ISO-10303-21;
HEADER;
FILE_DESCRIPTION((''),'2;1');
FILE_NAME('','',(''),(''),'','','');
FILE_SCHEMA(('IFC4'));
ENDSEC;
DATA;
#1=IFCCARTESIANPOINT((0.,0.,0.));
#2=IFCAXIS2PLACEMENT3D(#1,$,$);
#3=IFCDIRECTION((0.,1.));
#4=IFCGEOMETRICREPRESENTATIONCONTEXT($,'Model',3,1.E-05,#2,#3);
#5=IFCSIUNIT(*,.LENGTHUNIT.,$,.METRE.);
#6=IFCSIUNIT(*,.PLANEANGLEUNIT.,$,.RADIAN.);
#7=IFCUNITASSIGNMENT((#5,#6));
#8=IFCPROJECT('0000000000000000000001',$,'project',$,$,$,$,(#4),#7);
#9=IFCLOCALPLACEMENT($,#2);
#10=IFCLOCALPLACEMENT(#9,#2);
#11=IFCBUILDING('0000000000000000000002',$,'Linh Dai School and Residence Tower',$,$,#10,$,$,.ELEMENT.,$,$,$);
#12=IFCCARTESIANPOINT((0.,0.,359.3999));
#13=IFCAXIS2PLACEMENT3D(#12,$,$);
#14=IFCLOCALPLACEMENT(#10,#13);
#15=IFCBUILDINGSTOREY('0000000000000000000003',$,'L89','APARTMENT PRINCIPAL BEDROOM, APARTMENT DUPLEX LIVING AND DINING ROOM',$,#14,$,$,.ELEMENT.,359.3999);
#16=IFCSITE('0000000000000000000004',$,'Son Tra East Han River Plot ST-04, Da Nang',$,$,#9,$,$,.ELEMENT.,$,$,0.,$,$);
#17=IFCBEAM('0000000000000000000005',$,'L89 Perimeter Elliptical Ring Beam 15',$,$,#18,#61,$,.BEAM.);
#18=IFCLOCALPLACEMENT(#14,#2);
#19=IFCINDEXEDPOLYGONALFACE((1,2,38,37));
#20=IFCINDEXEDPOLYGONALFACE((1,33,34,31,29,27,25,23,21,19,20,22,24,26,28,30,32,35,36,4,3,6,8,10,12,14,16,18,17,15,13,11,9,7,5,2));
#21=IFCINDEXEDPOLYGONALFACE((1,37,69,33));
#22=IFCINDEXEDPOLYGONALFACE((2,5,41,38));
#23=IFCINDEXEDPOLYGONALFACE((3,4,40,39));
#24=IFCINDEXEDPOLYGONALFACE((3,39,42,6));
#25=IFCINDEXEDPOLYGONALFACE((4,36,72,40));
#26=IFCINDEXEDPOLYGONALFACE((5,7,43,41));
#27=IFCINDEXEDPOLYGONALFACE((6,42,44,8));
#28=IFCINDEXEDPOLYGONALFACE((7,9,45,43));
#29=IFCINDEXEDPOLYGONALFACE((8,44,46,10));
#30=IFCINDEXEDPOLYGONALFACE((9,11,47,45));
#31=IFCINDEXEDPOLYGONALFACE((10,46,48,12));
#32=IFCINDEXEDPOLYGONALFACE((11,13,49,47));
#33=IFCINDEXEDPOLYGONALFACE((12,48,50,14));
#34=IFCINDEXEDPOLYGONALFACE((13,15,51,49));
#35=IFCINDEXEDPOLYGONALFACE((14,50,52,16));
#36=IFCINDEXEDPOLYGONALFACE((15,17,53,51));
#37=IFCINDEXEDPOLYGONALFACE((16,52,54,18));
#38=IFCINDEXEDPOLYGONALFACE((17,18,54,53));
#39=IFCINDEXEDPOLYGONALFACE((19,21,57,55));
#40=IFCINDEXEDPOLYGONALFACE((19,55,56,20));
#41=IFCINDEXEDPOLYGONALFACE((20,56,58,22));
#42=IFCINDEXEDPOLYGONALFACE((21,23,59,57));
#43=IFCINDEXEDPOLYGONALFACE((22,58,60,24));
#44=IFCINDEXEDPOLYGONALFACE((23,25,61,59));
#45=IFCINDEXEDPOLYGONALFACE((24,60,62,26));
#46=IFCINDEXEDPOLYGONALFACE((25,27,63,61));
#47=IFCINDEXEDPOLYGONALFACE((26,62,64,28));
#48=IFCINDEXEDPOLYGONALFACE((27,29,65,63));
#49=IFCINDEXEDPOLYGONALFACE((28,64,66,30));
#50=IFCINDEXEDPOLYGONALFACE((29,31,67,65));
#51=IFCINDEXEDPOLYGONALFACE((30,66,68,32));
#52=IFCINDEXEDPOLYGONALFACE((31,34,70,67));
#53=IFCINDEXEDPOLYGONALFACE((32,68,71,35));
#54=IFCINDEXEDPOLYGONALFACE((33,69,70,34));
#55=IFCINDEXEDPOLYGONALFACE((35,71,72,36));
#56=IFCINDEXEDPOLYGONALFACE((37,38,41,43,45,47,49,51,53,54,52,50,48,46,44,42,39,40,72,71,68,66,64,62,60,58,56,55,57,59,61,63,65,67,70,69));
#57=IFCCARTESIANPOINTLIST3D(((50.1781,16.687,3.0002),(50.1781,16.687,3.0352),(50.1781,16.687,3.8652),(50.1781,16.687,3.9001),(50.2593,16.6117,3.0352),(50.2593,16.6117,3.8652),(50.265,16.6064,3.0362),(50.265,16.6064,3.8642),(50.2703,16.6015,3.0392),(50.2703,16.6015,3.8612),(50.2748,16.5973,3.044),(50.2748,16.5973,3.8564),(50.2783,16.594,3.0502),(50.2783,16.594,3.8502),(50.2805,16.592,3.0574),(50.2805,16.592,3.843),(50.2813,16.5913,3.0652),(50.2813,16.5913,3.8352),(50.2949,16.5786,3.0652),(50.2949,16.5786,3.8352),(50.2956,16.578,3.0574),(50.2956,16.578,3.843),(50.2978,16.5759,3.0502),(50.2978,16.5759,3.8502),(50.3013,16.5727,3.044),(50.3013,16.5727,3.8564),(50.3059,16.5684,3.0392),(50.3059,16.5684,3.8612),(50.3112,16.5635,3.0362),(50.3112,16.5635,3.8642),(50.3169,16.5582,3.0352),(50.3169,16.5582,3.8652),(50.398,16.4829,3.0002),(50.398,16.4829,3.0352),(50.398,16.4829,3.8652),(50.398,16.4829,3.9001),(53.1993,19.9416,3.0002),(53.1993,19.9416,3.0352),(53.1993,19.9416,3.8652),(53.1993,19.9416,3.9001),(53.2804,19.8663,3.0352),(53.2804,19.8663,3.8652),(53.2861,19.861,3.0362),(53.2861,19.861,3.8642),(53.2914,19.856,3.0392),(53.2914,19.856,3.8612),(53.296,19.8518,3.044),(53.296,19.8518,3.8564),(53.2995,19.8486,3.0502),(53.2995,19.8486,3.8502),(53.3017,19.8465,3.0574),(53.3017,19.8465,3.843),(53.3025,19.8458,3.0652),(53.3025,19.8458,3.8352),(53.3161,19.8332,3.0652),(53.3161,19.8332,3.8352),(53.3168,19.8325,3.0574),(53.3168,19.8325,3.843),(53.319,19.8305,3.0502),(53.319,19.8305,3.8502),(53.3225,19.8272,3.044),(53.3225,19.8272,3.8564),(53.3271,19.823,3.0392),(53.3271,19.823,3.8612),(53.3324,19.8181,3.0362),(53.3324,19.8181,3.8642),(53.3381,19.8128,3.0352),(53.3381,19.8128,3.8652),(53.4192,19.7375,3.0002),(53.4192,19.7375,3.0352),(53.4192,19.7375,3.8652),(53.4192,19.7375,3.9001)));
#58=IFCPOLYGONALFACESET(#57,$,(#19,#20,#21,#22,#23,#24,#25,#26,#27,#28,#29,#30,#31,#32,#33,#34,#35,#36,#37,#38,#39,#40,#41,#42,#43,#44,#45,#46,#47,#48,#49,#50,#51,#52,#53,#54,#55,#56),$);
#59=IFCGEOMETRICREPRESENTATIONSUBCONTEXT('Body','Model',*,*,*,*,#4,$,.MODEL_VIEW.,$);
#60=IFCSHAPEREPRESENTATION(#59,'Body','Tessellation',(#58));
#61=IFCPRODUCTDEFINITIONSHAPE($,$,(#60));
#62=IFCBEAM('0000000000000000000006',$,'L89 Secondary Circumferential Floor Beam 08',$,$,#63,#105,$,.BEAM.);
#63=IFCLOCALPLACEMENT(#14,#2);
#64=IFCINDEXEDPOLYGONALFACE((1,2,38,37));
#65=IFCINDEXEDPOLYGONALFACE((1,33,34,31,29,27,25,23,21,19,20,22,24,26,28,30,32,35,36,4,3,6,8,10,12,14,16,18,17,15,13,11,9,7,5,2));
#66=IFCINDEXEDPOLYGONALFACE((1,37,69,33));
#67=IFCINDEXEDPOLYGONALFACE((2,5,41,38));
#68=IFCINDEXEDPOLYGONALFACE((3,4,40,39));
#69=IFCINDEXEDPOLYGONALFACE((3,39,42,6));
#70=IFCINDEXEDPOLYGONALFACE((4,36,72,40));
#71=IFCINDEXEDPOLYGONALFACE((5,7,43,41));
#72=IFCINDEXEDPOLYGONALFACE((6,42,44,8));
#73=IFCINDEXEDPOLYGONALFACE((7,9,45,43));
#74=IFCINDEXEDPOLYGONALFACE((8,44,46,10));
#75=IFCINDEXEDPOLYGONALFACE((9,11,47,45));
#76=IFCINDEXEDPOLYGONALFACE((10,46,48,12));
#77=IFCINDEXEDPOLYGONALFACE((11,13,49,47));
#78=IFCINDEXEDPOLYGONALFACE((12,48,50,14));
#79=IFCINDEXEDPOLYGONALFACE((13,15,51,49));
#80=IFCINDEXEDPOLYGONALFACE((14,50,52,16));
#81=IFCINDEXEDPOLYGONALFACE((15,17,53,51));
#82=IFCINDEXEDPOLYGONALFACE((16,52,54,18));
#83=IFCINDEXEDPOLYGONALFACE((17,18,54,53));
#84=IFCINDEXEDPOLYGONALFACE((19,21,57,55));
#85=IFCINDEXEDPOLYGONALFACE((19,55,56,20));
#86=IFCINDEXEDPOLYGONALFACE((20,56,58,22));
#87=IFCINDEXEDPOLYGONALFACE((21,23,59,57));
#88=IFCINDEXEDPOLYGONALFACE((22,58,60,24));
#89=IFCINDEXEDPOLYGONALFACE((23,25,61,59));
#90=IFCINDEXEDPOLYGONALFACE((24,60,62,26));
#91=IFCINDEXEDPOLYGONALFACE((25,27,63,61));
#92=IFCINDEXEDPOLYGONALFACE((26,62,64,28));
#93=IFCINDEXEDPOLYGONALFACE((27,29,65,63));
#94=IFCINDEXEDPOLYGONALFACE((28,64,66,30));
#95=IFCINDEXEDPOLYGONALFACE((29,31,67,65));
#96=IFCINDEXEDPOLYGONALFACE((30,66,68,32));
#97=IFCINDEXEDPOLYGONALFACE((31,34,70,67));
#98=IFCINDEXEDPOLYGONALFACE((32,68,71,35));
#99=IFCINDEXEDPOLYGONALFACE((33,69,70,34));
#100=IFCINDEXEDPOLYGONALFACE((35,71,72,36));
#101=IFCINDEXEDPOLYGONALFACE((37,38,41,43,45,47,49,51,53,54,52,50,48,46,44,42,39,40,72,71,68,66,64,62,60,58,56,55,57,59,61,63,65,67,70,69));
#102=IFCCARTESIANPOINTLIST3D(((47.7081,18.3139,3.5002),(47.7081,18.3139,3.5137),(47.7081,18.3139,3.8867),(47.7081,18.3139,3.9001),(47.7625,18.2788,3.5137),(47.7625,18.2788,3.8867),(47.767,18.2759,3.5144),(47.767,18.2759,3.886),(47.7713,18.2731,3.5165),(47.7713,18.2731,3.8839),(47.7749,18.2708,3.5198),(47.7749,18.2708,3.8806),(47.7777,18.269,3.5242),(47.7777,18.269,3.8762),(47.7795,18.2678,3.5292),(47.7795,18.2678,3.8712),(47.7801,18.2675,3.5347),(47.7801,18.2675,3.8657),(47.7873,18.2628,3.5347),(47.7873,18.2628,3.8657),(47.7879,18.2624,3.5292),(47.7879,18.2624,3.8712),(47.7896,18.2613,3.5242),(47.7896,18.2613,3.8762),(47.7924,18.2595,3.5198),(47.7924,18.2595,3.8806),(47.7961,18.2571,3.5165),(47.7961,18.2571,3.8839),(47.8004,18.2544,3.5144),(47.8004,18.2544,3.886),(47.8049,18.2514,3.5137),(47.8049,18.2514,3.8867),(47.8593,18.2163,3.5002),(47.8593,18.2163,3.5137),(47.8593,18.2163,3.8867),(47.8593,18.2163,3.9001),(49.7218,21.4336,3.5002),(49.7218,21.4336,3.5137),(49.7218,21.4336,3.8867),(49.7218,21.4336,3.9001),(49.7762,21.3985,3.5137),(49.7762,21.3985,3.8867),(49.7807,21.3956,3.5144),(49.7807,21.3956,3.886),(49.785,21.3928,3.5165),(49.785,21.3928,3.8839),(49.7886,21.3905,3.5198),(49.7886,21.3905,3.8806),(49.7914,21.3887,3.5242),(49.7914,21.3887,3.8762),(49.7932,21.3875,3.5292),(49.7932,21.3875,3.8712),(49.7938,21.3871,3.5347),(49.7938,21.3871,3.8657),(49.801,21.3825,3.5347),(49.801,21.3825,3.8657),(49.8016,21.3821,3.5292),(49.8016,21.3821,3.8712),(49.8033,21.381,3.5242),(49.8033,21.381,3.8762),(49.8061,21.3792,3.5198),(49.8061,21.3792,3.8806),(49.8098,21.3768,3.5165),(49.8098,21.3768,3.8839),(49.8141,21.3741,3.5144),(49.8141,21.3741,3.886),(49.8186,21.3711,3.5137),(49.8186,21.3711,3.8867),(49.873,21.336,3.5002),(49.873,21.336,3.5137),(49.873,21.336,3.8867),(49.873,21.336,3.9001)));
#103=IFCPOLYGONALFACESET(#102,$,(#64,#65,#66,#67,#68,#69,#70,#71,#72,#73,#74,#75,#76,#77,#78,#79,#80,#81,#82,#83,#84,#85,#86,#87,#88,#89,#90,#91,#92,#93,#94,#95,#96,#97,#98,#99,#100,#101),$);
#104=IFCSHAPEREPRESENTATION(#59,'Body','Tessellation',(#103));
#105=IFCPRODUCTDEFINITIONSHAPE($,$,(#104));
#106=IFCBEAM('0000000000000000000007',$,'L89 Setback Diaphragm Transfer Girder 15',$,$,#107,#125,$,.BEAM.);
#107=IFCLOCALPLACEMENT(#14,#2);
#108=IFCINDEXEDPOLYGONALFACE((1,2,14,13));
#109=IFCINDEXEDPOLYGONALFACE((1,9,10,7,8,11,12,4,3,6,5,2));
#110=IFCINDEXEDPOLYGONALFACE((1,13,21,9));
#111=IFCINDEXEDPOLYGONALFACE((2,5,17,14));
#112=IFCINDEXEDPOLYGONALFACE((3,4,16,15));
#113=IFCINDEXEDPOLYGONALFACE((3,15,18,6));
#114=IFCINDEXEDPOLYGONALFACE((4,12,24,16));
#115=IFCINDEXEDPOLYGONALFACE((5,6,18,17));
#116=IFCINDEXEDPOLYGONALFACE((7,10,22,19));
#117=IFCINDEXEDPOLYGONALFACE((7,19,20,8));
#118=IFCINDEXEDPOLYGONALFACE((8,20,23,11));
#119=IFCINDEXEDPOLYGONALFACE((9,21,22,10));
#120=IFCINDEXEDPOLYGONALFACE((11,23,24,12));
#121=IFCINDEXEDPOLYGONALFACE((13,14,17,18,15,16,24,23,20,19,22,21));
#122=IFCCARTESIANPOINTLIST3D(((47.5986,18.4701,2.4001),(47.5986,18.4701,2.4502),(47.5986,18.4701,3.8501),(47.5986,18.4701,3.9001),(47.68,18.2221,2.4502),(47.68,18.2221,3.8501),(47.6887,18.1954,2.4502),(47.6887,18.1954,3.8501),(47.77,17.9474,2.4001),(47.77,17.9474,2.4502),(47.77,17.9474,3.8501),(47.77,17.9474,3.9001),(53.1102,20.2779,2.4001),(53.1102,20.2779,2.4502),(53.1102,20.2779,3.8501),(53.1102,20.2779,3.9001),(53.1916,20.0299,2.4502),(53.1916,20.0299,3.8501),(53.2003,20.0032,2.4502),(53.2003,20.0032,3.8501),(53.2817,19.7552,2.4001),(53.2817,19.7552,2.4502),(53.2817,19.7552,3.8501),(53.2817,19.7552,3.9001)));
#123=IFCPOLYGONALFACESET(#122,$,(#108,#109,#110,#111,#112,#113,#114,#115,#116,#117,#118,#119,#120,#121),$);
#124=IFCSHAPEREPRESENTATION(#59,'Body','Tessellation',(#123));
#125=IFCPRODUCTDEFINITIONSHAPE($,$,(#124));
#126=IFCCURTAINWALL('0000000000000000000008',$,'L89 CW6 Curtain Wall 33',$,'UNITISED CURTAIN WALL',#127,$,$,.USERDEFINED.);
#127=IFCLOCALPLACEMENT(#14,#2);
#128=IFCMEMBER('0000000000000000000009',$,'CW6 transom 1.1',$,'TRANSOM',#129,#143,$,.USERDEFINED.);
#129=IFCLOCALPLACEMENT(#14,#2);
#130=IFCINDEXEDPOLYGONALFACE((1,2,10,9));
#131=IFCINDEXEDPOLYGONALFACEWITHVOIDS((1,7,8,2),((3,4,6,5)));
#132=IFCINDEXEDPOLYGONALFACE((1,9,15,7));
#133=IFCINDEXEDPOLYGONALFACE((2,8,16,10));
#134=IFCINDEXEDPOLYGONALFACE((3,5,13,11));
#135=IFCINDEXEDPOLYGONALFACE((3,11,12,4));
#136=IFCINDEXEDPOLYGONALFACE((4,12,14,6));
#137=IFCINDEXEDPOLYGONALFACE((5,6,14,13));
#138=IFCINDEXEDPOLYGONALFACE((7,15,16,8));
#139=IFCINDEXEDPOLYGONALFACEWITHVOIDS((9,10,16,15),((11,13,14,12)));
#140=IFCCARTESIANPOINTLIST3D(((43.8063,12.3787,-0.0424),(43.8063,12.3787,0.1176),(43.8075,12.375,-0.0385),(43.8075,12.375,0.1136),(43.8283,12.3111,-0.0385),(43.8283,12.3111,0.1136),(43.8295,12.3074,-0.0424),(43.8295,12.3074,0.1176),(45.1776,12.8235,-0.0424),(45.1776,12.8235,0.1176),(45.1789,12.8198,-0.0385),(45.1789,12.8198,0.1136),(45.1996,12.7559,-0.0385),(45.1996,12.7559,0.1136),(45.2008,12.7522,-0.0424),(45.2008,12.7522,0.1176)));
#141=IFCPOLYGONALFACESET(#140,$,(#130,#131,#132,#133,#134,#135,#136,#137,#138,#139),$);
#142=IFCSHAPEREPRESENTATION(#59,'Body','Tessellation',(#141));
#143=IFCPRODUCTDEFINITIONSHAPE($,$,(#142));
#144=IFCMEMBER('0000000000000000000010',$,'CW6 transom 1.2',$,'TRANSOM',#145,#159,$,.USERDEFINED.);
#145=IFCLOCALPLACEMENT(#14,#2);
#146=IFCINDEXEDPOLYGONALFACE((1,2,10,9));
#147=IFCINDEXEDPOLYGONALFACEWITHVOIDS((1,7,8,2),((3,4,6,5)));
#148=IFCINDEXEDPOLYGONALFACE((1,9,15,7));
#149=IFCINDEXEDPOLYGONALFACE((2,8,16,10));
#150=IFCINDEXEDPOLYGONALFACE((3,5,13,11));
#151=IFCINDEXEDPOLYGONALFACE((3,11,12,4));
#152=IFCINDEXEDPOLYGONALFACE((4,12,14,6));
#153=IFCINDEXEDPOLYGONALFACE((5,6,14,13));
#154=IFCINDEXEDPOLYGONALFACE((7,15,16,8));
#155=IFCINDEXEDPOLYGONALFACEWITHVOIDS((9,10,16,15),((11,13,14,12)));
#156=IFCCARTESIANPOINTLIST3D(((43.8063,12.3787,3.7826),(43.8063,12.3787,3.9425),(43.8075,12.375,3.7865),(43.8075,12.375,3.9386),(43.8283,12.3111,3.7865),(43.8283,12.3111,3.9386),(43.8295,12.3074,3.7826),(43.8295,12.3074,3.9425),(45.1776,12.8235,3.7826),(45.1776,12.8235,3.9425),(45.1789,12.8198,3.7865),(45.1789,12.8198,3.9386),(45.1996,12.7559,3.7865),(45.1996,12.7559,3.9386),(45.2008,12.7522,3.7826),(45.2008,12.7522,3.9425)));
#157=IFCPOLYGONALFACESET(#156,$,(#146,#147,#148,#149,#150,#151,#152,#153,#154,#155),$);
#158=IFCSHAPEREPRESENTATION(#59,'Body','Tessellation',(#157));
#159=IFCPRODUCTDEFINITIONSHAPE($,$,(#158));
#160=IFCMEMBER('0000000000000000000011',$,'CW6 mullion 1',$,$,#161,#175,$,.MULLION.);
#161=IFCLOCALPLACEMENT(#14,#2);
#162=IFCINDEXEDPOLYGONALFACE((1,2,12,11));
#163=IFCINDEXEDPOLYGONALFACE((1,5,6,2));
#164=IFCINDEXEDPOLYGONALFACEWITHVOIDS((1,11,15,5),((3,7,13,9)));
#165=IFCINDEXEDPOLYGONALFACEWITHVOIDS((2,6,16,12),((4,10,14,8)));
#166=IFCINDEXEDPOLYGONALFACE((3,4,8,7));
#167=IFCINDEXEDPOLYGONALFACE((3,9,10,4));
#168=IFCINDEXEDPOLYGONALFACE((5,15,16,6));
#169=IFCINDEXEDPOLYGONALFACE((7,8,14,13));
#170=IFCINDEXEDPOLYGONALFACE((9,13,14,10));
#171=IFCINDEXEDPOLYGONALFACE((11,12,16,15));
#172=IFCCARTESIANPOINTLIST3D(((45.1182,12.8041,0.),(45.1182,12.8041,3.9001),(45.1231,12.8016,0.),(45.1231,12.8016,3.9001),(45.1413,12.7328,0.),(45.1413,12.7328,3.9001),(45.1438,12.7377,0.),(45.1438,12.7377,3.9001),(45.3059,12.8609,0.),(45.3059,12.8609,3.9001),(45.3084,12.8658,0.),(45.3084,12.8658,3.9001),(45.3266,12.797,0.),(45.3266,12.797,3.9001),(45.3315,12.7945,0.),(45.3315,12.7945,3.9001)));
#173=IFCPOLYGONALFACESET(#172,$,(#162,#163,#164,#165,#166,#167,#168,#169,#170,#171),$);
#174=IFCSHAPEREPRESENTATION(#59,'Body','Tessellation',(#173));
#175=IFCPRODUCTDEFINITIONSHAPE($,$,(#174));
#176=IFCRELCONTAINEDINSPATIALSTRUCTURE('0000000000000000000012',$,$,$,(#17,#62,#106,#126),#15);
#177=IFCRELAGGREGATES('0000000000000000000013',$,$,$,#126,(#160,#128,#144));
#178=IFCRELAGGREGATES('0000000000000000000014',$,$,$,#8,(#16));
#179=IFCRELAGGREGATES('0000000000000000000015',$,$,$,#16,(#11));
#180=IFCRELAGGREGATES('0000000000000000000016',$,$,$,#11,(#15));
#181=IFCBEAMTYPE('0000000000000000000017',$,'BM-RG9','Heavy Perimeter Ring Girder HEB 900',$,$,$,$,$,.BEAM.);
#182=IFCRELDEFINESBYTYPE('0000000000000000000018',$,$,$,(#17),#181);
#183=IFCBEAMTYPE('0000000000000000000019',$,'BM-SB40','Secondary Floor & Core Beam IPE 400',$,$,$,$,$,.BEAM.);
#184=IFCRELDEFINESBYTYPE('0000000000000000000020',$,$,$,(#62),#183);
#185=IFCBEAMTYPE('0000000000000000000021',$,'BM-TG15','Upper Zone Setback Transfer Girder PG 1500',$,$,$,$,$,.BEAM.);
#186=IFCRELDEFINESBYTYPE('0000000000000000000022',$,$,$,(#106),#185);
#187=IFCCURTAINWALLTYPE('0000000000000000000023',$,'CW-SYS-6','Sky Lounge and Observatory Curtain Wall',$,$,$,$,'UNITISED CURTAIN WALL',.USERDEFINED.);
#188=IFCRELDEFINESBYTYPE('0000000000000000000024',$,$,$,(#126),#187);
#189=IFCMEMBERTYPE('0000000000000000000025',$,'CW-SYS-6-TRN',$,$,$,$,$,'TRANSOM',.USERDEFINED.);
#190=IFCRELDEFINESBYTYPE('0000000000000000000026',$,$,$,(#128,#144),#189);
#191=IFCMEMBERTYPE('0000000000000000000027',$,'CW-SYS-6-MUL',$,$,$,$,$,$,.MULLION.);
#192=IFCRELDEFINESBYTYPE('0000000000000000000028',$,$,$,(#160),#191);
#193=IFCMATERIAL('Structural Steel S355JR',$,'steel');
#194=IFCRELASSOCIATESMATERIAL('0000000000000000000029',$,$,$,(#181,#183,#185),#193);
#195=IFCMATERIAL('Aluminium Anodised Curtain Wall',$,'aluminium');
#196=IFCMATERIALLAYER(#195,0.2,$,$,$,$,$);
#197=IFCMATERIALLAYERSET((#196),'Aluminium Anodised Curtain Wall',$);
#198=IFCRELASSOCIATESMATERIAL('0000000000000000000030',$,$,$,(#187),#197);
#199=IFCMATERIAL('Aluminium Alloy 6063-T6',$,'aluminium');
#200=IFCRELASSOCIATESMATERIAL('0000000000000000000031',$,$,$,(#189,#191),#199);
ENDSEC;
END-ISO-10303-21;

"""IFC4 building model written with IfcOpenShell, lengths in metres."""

from ifc_helpers import new_model, si_unit, direction, frame, origin, origin_2d, place, context, subcontext, project, spatial, hollow_rectangle, i_section, extrude, source, transform, mapped, material, layer, layer_set, material_profile, profile_set, type_object, element, aggregate, save


model = new_model("IFC4")

# Units and contexts
model_context = context("Model", 3, precision=1e-05, world=origin(), true_north=direction((0.0, 1.0)))
body_context = subcontext(model_context, "Body", "Model", "MODEL_VIEW")
ifc_project = project(units=[si_unit("LENGTHUNIT", "METRE"), si_unit("PLANEANGLEUNIT", "RADIAN")], contexts=[model_context])

# Site, building, storey
site_placement = place(None, origin())
site = spatial("IfcSite", under=ifc_project, at=site_placement, Name="Son Tra East Han River Plot ST-04, Da Nang", CompositionType="ELEMENT", RefElevation=0.0)
building_placement = place(site_placement, origin())
building = spatial("IfcBuilding", under=site, at=building_placement, Name="Linh Dai School and Residence Tower", CompositionType="ELEMENT")
storey_placement = place(building_placement, frame((0.0, 0.0, 359.3999)))
storey = spatial("IfcBuildingStorey", under=building, at=storey_placement, Name="L89", Description="APARTMENT PRINCIPAL BEDROOM, APARTMENT DUPLEX LIVING AND DINING ROOM", CompositionType="ELEMENT", Elevation=359.3999)

# Shared definitions
ifc_material_1 = material(Name="Structural Steel S355JR", Category="steel")

# Beams
ifc_material_profile_1 = material_profile(ifc_material_1, i_section(OverallWidth=0.3, OverallDepth=0.8999, WebThickness=0.0186, FlangeThickness=0.0349, FilletRadius=0.03, at=origin_2d()), Name="HEB 900")
ifc_profile_set_1 = profile_set([ifc_material_profile_1], Name="Structural Steel S355JR")
beam_type_1 = type_object("IfcBeamType", Name="BM-RG9", Description="Heavy Perimeter Ring Girder HEB 900", PredefinedType="BEAM", material=ifc_profile_set_1)
beam_1_placement = place(storey_placement, frame((50.2881, 16.585, 3.4502), z_axis=(0.680339, 0.732897, 0.0), x_axis=(-0.732897, 0.680339, 0.0)))
element("IfcBeam", 1, at=beam_1_placement, inside=storey, type_object=beam_type_1, Name="L89 Perimeter Elliptical Ring Beam 15", PredefinedType="BEAM", context=body_context, shape_type="SweptSolid", body=[
    extrude(i_section(OverallWidth=0.3, OverallDepth=0.8999, WebThickness=0.0186, FlangeThickness=0.0349, FilletRadius=0.03, at=origin_2d()), origin(), (0.0, 0.0, 1.0), 4.4407),
])
ifc_material_profile_2 = material_profile(ifc_material_1, i_section(OverallWidth=0.1799, OverallDepth=0.3999, WebThickness=0.0085, FlangeThickness=0.0134, FilletRadius=0.021, at=origin_2d()), Name="IPE 400")
ifc_profile_set_2 = profile_set([ifc_material_profile_2], Name="Structural Steel S355JR")
beam_type_2 = type_object("IfcBeamType", Name="BM-SB40", Description="Secondary Floor & Core Beam IPE 400", PredefinedType="BEAM", material=ifc_profile_set_2)
beam_2_placement = place(storey_placement, frame((47.7837, 18.2651, 3.7002), z_axis=(0.542319, 0.840173, 0.0), x_axis=(-0.840173, 0.542319, 0.0)))
element("IfcBeam", 2, at=beam_2_placement, inside=storey, type_object=beam_type_2, Name="L89 Secondary Circumferential Floor Beam 08", PredefinedType="BEAM", context=body_context, shape_type="SweptSolid", body=[
    extrude(i_section(OverallWidth=0.1799, OverallDepth=0.3999, WebThickness=0.0085, FlangeThickness=0.0134, FilletRadius=0.021, at=origin_2d()), origin(), (0.0, 0.0, 1.0), 3.7131),
])
ifc_material_profile_3 = material_profile(ifc_material_1, i_section(OverallWidth=0.55, OverallDepth=1.5, WebThickness=0.0281, FlangeThickness=0.05, at=origin_2d()), Name="PG 1500x550x28x50")
ifc_profile_set_3 = profile_set([ifc_material_profile_3], Name="Structural Steel S355JR")
beam_type_3 = type_object("IfcBeamType", Name="BM-TG15", Description="Upper Zone Setback Transfer Girder PG 1500", PredefinedType="BEAM", material=ifc_profile_set_3)
beam_3_placement = place(storey_placement, frame((47.6843, 18.2087, 3.1501), z_axis=(0.950192, 0.311666, 0.0), x_axis=(-0.311666, 0.950192, 0.0)))
element("IfcBeam", 3, at=beam_3_placement, inside=storey, type_object=beam_type_3, Name="L89 Setback Diaphragm Transfer Girder 15", PredefinedType="BEAM", context=body_context, shape_type="SweptSolid", body=[
    extrude(i_section(OverallWidth=0.55, OverallDepth=1.5, WebThickness=0.0281, FlangeThickness=0.05, at=origin_2d()), origin(), (0.0, 0.0, 1.0), 5.8005),
])

# Curtain wall, members
ifc_material_2 = material(Name="Aluminium Anodised Curtain Wall", Category="aluminium")
ifc_layer_1 = layer(ifc_material_2, 0.2)
ifc_layer_set_1 = layer_set([ifc_layer_1], Name="Aluminium Anodised Curtain Wall")
curtain_wall_type = type_object("IfcCurtainWallType", Name="CW-SYS-6", Description="Sky Lounge and Observatory Curtain Wall", ElementType="UNITISED CURTAIN WALL", PredefinedType="USERDEFINED", material=ifc_layer_set_1)
curtain_wall_placement = place(storey_placement, origin())
curtain_wall = element("IfcCurtainWall", 4, at=curtain_wall_placement, inside=storey, type_object=curtain_wall_type, Name="L89 CW6 Curtain Wall 33", ObjectType="UNITISED CURTAIN WALL", PredefinedType="USERDEFINED")
ifc_material_3 = material(Name="Aluminium Alloy 6063-T6", Category="aluminium")
ifc_material_profile_4 = material_profile(ifc_material_3, hollow_rectangle(XDim=0.075, YDim=0.1599, WallThickness=0.0039, at=origin_2d()), Name="RHS 160x75x4")
ifc_profile_set_4 = profile_set([ifc_material_profile_4], Name="Aluminium Alloy 6063-T6")
member_type_1 = type_object("IfcMemberType", Name="CW-SYS-6-TRN", ElementType="TRANSOM", PredefinedType="USERDEFINED", material=ifc_profile_set_4)
shared_shape_1 = source(origin(), body_context, "Body", "SweptSolid", [
    extrude(hollow_rectangle(XDim=0.075, YDim=0.1599, WallThickness=0.0039, at=origin_2d()), origin(), (0.0, 0.0, 1.0), 1.4417),
])
member_1_placement = place(storey_placement, frame((45.1892, 12.7878, 0.0376), z_axis=(-0.951209, -0.308546, 0.0), x_axis=(0.308546, -0.951209, 0.0)))
member_1 = element("IfcMember", 5, at=member_1_placement, type_object=member_type_1, Name="CW6 transom 1.1", ObjectType="TRANSOM", PredefinedType="USERDEFINED", context=body_context, shape_type="MappedRepresentation", body=[
    mapped(shared_shape_1, transform((0.0, 0.0, 0.0), x_axis=(1.0, 0.0, 0.0), y_axis=(0.0, 1.0, 0.0), z_axis=(0.0, 0.0, 1.0), scale=1.0)),
])
member_2_placement = place(storey_placement, frame((45.1892, 12.7878, 3.8625), z_axis=(-0.951209, -0.308546, 0.0), x_axis=(0.308546, -0.951209, 0.0)))
member_2 = element("IfcMember", 6, at=member_2_placement, type_object=member_type_1, Name="CW6 transom 1.2", ObjectType="TRANSOM", PredefinedType="USERDEFINED", context=body_context, shape_type="MappedRepresentation", body=[
    mapped(shared_shape_1, transform((0.0, 0.0, 0.0), x_axis=(1.0, 0.0, 0.0), y_axis=(0.0, 1.0, 0.0), z_axis=(0.0, 0.0, 1.0), scale=1.0)),
])
ifc_material_profile_5 = material_profile(ifc_material_3, hollow_rectangle(XDim=0.075, YDim=0.2, WallThickness=0.0039, at=origin_2d()), Name="RHS 200x75x4")
ifc_profile_set_5 = profile_set([ifc_material_profile_5], Name="Aluminium Alloy 6063-T6")
member_type_2 = type_object("IfcMemberType", Name="CW-SYS-6-MUL", PredefinedType="MULLION", material=ifc_profile_set_5)
shared_shape_2 = source(origin(), body_context, "Body", "SweptSolid", [
    extrude(hollow_rectangle(XDim=0.075, YDim=0.2, WallThickness=0.0039, at=origin_2d()), origin(), (0.0, 0.0, 1.0), 3.9001),
])
member_3_placement = place(storey_placement, frame((45.2249, 12.7993, 0.0), z_axis=(0.0, 0.0, 1.0), x_axis=(0.308565, -0.951203, 0.0)))
member_3 = element("IfcMember", 7, at=member_3_placement, type_object=member_type_2, Name="CW6 mullion 1", PredefinedType="MULLION", context=body_context, shape_type="MappedRepresentation", body=[
    mapped(shared_shape_2, transform((0.0, 0.0, 0.0), x_axis=(1.0, 0.0, 0.0), y_axis=(0.0, 1.0, 0.0), z_axis=(0.0, 0.0, 1.0), scale=1.0)),
])

aggregate(curtain_wall, [member_3, member_1, member_2])

save(model, "model.ifc")
